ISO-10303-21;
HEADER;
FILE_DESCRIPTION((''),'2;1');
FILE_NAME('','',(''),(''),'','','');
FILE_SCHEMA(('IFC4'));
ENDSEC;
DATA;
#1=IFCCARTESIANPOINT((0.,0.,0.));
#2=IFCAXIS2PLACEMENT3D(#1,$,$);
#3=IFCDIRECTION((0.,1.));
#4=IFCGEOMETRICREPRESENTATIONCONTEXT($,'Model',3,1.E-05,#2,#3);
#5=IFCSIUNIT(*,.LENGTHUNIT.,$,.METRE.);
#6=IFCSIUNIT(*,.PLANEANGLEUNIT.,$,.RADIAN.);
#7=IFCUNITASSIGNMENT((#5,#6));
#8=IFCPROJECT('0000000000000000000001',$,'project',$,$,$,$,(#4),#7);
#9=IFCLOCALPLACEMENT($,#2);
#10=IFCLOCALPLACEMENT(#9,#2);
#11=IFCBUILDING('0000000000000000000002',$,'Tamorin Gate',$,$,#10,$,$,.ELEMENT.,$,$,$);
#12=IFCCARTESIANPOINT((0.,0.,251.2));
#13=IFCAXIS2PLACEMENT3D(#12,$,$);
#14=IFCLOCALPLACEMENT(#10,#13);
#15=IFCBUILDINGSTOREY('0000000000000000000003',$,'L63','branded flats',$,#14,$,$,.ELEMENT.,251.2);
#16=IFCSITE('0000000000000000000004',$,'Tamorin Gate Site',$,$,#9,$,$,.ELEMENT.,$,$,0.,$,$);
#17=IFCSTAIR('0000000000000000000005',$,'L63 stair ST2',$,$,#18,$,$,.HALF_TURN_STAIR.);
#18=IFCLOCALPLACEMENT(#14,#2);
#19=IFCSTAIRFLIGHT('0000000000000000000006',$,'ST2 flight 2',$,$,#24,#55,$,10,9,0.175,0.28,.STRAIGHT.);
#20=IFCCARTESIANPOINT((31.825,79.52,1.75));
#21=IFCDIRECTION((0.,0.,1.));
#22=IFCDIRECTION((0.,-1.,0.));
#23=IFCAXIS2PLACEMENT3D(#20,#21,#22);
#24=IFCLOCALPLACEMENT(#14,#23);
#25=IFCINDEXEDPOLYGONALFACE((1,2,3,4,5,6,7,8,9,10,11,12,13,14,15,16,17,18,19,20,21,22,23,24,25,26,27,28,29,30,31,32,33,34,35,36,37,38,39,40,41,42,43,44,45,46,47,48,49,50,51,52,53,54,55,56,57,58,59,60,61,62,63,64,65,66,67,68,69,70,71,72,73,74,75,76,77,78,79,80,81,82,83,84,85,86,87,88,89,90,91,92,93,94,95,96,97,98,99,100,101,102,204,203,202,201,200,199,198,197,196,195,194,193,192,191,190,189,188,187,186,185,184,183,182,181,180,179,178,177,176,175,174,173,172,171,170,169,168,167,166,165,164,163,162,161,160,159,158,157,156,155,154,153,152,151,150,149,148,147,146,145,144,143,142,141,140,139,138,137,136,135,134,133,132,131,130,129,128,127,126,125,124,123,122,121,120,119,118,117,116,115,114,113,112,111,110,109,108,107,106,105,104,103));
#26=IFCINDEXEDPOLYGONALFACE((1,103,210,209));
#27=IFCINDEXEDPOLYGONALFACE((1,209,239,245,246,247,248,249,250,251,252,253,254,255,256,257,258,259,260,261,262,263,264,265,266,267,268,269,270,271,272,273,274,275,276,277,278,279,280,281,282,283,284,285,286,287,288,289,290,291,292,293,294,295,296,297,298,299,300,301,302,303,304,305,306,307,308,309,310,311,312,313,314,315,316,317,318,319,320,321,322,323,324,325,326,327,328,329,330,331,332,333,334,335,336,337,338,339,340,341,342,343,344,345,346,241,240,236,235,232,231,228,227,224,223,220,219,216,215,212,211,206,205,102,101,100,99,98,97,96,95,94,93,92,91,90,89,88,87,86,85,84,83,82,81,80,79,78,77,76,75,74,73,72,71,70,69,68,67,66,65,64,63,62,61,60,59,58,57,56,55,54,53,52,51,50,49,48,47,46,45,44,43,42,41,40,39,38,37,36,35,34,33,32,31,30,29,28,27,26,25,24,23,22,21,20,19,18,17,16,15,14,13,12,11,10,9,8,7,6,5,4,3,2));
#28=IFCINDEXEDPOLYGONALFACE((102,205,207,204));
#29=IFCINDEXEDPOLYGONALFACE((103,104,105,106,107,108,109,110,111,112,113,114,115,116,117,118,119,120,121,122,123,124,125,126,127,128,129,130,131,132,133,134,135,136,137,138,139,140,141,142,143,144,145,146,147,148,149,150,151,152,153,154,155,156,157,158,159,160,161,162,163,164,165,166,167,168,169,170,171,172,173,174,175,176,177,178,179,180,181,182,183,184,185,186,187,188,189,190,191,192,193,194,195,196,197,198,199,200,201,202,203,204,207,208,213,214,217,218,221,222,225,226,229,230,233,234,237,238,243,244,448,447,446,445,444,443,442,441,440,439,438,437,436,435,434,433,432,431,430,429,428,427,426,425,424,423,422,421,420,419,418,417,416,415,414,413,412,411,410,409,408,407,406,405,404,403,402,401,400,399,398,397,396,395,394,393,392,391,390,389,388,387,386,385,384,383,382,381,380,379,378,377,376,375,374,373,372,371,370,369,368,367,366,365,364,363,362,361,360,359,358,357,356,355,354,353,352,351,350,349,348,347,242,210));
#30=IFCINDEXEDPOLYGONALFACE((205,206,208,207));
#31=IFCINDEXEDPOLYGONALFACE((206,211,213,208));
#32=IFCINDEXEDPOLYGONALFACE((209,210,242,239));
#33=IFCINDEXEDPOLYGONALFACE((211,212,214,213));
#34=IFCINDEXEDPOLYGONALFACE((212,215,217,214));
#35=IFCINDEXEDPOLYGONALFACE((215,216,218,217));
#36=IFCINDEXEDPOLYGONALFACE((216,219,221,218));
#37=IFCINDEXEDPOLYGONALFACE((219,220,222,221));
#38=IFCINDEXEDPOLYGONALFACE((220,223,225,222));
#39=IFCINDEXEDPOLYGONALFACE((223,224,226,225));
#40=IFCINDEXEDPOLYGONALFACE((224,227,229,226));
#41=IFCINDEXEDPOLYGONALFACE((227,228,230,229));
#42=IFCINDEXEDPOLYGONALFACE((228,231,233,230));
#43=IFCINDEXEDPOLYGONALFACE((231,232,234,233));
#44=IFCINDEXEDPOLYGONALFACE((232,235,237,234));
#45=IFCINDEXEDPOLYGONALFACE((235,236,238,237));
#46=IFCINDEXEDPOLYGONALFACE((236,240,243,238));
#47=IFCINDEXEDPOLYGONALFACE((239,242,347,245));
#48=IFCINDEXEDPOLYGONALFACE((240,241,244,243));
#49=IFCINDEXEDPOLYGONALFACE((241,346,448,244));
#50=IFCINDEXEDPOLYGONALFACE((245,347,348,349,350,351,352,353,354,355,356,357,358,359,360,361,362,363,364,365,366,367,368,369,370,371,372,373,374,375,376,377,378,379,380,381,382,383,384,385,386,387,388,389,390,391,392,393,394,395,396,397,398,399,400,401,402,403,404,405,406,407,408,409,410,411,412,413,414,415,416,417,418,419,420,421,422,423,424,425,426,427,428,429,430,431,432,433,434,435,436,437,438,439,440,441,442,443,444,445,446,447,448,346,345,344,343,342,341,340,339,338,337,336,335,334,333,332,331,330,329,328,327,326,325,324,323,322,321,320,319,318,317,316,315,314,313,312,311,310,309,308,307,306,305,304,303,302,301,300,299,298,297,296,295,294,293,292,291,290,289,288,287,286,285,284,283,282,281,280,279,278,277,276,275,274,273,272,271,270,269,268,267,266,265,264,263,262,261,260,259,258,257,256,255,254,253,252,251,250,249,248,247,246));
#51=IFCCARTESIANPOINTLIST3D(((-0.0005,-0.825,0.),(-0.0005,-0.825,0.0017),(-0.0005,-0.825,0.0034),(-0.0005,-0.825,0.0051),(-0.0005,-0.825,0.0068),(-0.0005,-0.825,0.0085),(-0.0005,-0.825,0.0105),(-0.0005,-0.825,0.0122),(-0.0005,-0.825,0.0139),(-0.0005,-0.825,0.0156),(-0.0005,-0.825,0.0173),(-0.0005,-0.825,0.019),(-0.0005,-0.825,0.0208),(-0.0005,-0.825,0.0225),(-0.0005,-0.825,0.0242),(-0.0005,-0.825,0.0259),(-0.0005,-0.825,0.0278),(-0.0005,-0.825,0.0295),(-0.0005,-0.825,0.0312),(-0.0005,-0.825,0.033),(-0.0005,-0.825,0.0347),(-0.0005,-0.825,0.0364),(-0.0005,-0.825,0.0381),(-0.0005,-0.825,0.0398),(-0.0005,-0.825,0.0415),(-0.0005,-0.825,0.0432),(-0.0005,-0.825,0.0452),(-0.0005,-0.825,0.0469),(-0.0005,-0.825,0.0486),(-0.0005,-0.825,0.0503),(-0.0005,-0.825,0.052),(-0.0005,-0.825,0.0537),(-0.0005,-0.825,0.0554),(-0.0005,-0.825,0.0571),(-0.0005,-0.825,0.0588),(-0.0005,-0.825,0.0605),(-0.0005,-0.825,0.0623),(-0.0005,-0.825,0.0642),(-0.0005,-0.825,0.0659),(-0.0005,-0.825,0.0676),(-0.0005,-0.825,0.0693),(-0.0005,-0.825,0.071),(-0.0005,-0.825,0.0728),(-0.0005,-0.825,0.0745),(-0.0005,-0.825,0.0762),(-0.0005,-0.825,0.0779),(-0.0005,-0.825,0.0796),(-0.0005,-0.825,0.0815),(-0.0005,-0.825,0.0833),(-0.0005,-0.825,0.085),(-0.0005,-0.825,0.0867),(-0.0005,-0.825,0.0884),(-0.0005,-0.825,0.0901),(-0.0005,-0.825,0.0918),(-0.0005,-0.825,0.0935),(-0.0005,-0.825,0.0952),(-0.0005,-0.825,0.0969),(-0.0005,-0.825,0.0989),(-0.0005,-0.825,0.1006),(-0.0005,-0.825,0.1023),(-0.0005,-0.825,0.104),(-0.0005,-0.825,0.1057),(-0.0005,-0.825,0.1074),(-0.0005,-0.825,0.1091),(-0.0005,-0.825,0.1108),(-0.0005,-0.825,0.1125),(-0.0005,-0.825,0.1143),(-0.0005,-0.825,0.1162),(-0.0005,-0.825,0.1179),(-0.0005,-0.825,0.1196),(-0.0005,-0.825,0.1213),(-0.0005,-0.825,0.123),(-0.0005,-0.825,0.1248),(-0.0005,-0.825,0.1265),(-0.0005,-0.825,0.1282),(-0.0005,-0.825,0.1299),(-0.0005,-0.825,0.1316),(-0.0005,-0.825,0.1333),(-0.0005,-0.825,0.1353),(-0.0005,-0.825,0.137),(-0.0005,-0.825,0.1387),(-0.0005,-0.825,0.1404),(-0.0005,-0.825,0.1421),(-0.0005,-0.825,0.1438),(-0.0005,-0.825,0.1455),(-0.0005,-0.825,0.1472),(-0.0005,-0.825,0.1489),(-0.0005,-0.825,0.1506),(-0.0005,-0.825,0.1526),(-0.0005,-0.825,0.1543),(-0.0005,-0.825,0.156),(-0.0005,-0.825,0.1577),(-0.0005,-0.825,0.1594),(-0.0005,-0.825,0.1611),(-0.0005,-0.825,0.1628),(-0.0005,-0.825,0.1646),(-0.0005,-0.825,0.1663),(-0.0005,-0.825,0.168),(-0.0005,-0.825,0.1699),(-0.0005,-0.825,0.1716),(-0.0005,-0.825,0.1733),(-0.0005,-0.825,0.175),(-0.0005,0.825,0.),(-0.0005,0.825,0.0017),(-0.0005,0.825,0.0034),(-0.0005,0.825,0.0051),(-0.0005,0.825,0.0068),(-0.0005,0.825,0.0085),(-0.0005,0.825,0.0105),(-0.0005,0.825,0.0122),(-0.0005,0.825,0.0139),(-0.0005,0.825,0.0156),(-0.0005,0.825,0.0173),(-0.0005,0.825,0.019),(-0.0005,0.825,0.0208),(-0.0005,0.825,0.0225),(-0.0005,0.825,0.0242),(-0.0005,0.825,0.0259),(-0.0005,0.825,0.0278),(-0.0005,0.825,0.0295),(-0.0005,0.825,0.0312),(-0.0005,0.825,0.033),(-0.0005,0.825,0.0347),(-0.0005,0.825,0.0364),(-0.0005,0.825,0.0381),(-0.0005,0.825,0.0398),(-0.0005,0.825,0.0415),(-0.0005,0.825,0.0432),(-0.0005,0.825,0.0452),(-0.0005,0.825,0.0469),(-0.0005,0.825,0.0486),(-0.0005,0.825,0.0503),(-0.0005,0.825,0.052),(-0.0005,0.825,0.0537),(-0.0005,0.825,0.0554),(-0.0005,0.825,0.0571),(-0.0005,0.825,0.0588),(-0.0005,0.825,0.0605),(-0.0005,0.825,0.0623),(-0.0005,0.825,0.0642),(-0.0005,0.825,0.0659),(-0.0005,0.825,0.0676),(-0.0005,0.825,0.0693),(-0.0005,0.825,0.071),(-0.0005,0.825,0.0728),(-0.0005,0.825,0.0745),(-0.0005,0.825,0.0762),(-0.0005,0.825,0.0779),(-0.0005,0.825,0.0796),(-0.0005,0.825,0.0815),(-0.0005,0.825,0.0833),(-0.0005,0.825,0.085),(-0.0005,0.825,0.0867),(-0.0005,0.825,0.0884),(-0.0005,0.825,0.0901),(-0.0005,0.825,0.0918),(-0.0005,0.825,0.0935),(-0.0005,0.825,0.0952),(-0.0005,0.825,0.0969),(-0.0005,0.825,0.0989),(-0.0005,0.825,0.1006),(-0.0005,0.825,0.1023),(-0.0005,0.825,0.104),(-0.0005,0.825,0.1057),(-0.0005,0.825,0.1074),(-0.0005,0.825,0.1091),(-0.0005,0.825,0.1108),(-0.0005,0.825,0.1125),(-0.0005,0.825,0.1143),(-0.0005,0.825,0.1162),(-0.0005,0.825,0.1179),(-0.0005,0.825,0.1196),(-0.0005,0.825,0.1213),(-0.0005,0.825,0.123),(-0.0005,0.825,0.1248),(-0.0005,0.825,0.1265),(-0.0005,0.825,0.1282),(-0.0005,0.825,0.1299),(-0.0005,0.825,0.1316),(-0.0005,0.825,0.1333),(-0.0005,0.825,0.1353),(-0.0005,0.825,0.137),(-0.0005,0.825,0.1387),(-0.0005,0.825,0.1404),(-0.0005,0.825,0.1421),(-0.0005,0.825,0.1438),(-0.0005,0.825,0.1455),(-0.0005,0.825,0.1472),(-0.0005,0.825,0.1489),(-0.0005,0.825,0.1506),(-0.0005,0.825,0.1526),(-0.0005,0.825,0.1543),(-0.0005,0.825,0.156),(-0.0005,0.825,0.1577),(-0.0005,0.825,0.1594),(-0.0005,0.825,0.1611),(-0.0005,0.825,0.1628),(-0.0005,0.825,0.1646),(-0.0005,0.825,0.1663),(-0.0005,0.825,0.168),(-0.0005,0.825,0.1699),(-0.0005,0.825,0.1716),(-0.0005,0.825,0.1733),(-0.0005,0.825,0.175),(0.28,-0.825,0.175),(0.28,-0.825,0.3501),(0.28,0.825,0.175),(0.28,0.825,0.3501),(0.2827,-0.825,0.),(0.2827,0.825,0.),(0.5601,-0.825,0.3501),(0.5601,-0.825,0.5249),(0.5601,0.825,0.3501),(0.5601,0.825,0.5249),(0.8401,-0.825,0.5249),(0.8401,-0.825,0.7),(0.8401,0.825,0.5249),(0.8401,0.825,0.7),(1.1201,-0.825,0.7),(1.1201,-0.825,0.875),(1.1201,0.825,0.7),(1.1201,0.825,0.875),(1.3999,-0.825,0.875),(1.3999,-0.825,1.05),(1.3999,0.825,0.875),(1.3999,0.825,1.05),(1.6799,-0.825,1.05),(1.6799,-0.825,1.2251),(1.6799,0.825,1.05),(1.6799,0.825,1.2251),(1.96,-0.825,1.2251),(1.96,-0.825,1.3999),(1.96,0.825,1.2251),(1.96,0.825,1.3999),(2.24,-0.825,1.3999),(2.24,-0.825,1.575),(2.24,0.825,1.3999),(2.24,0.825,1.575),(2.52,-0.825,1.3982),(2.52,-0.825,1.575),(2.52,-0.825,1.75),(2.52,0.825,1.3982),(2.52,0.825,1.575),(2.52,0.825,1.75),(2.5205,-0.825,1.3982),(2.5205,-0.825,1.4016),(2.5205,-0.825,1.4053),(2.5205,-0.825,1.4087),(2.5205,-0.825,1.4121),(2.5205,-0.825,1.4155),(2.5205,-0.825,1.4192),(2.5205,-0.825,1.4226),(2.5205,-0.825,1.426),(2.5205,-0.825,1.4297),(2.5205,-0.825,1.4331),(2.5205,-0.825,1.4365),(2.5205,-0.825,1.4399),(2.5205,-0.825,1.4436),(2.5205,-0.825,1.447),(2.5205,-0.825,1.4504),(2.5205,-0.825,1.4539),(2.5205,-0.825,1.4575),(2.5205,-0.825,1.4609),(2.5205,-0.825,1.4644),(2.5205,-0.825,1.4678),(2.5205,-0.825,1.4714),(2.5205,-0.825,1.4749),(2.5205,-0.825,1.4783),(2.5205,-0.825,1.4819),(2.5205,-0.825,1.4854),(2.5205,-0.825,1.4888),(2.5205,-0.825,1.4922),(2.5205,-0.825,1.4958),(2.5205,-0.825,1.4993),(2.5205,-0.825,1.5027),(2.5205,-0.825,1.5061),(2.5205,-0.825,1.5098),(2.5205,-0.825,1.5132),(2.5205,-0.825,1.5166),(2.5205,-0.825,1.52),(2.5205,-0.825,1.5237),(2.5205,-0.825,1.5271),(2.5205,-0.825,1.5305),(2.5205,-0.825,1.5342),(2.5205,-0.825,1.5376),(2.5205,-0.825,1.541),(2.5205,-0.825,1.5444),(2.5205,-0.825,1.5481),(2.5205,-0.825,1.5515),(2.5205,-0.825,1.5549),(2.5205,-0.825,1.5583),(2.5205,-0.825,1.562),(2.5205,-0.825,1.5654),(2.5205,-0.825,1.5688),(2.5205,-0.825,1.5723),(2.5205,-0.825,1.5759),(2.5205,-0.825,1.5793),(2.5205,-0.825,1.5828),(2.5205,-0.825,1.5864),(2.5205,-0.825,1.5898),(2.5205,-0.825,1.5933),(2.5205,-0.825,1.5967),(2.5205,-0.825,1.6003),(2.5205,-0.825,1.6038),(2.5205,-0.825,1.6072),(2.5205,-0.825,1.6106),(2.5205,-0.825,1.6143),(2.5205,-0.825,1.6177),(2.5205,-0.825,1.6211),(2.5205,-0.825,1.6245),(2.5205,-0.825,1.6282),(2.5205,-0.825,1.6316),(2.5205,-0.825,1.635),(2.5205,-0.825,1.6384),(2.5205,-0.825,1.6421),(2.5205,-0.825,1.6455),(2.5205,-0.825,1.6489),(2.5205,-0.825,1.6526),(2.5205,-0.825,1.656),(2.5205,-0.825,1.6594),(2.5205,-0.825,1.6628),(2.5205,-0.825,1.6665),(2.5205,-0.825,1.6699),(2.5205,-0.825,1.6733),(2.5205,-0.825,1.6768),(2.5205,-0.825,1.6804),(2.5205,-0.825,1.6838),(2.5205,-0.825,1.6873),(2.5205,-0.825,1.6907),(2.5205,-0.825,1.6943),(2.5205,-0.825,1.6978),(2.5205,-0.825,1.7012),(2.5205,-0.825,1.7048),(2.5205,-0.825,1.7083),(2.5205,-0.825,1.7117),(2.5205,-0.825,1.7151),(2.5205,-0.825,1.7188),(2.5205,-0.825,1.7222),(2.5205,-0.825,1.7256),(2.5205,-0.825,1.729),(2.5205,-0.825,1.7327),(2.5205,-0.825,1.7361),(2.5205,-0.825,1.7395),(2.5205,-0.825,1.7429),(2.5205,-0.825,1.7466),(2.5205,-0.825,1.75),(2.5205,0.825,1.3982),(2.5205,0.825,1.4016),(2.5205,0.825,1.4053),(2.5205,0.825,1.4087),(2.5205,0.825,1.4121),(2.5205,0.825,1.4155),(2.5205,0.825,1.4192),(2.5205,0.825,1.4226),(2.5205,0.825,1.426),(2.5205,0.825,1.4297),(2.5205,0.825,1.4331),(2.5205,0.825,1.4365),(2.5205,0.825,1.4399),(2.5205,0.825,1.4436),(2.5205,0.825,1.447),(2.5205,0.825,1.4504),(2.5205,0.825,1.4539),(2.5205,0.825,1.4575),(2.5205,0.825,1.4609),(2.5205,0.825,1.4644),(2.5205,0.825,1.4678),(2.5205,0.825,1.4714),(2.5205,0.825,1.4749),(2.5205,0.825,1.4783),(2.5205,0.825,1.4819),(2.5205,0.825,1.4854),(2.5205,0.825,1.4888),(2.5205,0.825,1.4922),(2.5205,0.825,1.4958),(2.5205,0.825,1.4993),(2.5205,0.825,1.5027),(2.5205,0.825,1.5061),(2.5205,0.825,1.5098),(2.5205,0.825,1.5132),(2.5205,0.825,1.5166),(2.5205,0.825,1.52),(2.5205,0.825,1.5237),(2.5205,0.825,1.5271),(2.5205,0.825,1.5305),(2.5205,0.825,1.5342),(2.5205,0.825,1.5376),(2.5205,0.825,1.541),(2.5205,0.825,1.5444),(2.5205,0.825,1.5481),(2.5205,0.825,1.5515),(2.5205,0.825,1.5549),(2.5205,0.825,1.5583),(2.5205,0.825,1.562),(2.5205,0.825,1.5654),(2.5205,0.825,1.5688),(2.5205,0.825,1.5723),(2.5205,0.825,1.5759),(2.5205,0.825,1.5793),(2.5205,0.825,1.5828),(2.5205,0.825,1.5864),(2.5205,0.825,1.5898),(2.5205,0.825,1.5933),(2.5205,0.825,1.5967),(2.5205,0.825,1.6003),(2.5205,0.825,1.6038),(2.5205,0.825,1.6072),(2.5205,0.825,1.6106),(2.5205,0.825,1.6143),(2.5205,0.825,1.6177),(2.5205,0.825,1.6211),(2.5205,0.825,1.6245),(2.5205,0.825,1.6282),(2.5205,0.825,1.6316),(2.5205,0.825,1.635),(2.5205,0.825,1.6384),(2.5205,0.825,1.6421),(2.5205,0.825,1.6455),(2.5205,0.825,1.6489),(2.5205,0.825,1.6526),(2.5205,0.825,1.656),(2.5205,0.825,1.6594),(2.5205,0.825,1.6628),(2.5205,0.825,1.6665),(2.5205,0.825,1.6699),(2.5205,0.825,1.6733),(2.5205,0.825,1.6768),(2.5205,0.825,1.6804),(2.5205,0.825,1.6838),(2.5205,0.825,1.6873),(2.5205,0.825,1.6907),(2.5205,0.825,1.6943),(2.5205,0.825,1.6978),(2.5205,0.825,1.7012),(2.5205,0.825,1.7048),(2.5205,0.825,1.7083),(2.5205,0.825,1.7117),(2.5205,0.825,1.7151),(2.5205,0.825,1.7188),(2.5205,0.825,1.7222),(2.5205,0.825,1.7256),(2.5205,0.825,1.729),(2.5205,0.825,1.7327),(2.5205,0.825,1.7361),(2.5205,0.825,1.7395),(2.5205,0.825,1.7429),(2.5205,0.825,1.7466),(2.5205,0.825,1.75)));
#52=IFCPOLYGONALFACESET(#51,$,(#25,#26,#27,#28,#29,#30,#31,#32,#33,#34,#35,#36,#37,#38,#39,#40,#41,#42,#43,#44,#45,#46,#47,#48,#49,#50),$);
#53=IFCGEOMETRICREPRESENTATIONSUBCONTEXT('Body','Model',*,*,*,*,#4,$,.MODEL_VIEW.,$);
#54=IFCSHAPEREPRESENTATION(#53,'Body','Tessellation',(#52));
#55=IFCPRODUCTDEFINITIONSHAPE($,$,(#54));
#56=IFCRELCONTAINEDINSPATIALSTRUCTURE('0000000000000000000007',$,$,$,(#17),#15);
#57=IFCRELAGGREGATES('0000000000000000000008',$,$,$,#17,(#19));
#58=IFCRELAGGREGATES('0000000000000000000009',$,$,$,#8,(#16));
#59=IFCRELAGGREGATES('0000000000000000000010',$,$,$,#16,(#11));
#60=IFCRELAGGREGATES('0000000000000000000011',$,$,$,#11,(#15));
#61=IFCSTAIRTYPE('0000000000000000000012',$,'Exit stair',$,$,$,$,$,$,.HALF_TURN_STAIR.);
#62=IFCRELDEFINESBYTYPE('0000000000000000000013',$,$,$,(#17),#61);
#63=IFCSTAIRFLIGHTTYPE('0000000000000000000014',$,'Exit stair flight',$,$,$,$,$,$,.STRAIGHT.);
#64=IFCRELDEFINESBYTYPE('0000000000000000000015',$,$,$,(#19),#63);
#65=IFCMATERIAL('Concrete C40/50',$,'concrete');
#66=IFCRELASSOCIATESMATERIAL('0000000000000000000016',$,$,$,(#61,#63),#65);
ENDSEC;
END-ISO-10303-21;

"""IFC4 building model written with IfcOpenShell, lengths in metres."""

from ifc_helpers import new_model, si_unit, direction, frame, origin, place, context, subcontext, project, spatial, polyline, outline, extrude, material, type_object, element, aggregate, save


model = new_model("IFC4")

# Units and contexts
model_context = context("Model", 3, precision=1e-05, world=origin(), true_north=direction((0.0, 1.0)))
body_context = subcontext(model_context, "Body", "Model", "MODEL_VIEW")
ifc_project = project(units=[si_unit("LENGTHUNIT", "METRE"), si_unit("PLANEANGLEUNIT", "RADIAN")], contexts=[model_context])

# Site, building, storey
site_placement = place(None, origin())
site = spatial("IfcSite", under=ifc_project, at=site_placement, Name="Tamorin Gate Site", CompositionType="ELEMENT", RefElevation=0.0)
building_placement = place(site_placement, origin())
building = spatial("IfcBuilding", under=site, at=building_placement, Name="Tamorin Gate", CompositionType="ELEMENT")
storey_placement = place(building_placement, frame((0.0, 0.0, 251.2)))
storey = spatial("IfcBuildingStorey", under=building, at=storey_placement, Name="L63", Description="branded flats", CompositionType="ELEMENT", Elevation=251.2)

# Stair, stair flight
ifc_material_1 = material(Name="Concrete C40/50", Category="concrete")
stair_type = type_object("IfcStairType", Name="Exit stair", PredefinedType="HALF_TURN_STAIR", material=ifc_material_1)
stair_placement = place(storey_placement, origin())
stair = element("IfcStair", 1, at=stair_placement, inside=storey, type_object=stair_type, Name="L63 stair ST2", PredefinedType="HALF_TURN_STAIR")
stair_flight_type = type_object("IfcStairFlightType", Name="Exit stair flight", PredefinedType="STRAIGHT", material=ifc_material_1)
stair_flight_placement = place(storey_placement, frame((31.825, 79.52, 1.75), z_axis=(0.0, 0.0, 1.0), x_axis=(0.0, -1.0, 0.0)))
stair_flight = element("IfcStairFlight", 2, at=stair_flight_placement, type_object=stair_flight_type, Name="ST2 flight 2", NumberOfRisers=10, NumberOfTreads=9, PredefinedType="STRAIGHT", RiserHeight=0.175, TreadLength=0.28, context=body_context, shape_type="SweptSolid", body=[
    extrude(outline(polyline([(-0.0005, 0.0), (-0.0005, 0.0017), (-0.0005, 0.0034), (-0.0005, 0.0051), (-0.0005, 0.0068), (-0.0005, 0.0085), (-0.0005, 0.0105), (-0.0005, 0.0122), (-0.0005, 0.0139), (-0.0005, 0.0156), (-0.0005, 0.0173), (-0.0005, 0.019), (-0.0005, 0.0208), (-0.0005, 0.0225), (-0.0005, 0.0242), (-0.0005, 0.0259), (-0.0005, 0.0278), (-0.0005, 0.0295), (-0.0005, 0.0312), (-0.0005, 0.033), (-0.0005, 0.0347), (-0.0005, 0.0364), (-0.0005, 0.0381), (-0.0005, 0.0398), (-0.0005, 0.0415), (-0.0005, 0.0432), (-0.0005, 0.0452), (-0.0005, 0.0469), (-0.0005, 0.0486), (-0.0005, 0.0503), (-0.0005, 0.052), (-0.0005, 0.0537), (-0.0005, 0.0554), (-0.0005, 0.0571), (-0.0005, 0.0588), (-0.0005, 0.0605), (-0.0005, 0.0623), (-0.0005, 0.0642), (-0.0005, 0.0659), (-0.0005, 0.0676), (-0.0005, 0.0693), (-0.0005, 0.071), (-0.0005, 0.0728), (-0.0005, 0.0745), (-0.0005, 0.0762), (-0.0005, 0.0779), (-0.0005, 0.0796), (-0.0005, 0.0815), (-0.0005, 0.0833), (-0.0005, 0.085), (-0.0005, 0.0867), (-0.0005, 0.0884), (-0.0005, 0.0901), (-0.0005, 0.0918), (-0.0005, 0.0935), (-0.0005, 0.0952), (-0.0005, 0.0969), (-0.0005, 0.0989), (-0.0005, 0.1006), (-0.0005, 0.1023), (-0.0005, 0.104), (-0.0005, 0.1057), (-0.0005, 0.1074), (-0.0005, 0.1091), (-0.0005, 0.1108), (-0.0005, 0.1125), (-0.0005, 0.1143), (-0.0005, 0.1162), (-0.0005, 0.1179), (-0.0005, 0.1196), (-0.0005, 0.1213), (-0.0005, 0.123), (-0.0005, 0.1248), (-0.0005, 0.1265), (-0.0005, 0.1282), (-0.0005, 0.1299), (-0.0005, 0.1316), (-0.0005, 0.1333), (-0.0005, 0.1353), (-0.0005, 0.137), (-0.0005, 0.1387), (-0.0005, 0.1404), (-0.0005, 0.1421), (-0.0005, 0.1438), (-0.0005, 0.1455), (-0.0005, 0.1472), (-0.0005, 0.1489), (-0.0005, 0.1506), (-0.0005, 0.1526), (-0.0005, 0.1543), (-0.0005, 0.156), (-0.0005, 0.1577), (-0.0005, 0.1594), (-0.0005, 0.1611), (-0.0005, 0.1628), (-0.0005, 0.1646), (-0.0005, 0.1663), (-0.0005, 0.168), (-0.0005, 0.1699), (-0.0005, 0.1716), (-0.0005, 0.1733), (-0.0005, 0.175), (0.28, 0.175), (0.28, 0.3501), (0.5601, 0.3501), (0.5601, 0.5249), (0.8401, 0.5249), (0.8401, 0.7), (1.1201, 0.7), (1.1201, 0.875), (1.3999, 0.875), (1.3999, 1.05), (1.6799, 1.05), (1.6799, 1.2251), (1.96, 1.2251), (1.96, 1.3999), (2.24, 1.3999), (2.24, 1.575), (2.52, 1.575), (2.52, 1.75), (2.5205, 1.75), (2.5205, 1.7466), (2.5205, 1.7429), (2.5205, 1.7395), (2.5205, 1.7361), (2.5205, 1.7327), (2.5205, 1.729), (2.5205, 1.7256), (2.5205, 1.7222), (2.5205, 1.7188), (2.5205, 1.7151), (2.5205, 1.7117), (2.5205, 1.7083), (2.5205, 1.7048), (2.5205, 1.7012), (2.5205, 1.6978), (2.5205, 1.6943), (2.5205, 1.6907), (2.5205, 1.6873), (2.5205, 1.6838), (2.5205, 1.6804), (2.5205, 1.6768), (2.5205, 1.6733), (2.5205, 1.6699), (2.5205, 1.6665), (2.5205, 1.6628), (2.5205, 1.6594), (2.5205, 1.656), (2.5205, 1.6526), (2.5205, 1.6489), (2.5205, 1.6455), (2.5205, 1.6421), (2.5205, 1.6384), (2.5205, 1.635), (2.5205, 1.6316), (2.5205, 1.6282), (2.5205, 1.6245), (2.5205, 1.6211), (2.5205, 1.6177), (2.5205, 1.6143), (2.5205, 1.6106), (2.5205, 1.6072), (2.5205, 1.6038), (2.5205, 1.6003), (2.5205, 1.5967), (2.5205, 1.5933), (2.5205, 1.5898), (2.5205, 1.5864), (2.5205, 1.5828), (2.5205, 1.5793), (2.5205, 1.5759), (2.5205, 1.5723), (2.5205, 1.5688), (2.5205, 1.5654), (2.5205, 1.562), (2.5205, 1.5583), (2.5205, 1.5549), (2.5205, 1.5515), (2.5205, 1.5481), (2.5205, 1.5444), (2.5205, 1.541), (2.5205, 1.5376), (2.5205, 1.5342), (2.5205, 1.5305), (2.5205, 1.5271), (2.5205, 1.5237), (2.5205, 1.52), (2.5205, 1.5166), (2.5205, 1.5132), (2.5205, 1.5098), (2.5205, 1.5061), (2.5205, 1.5027), (2.5205, 1.4993), (2.5205, 1.4958), (2.5205, 1.4922), (2.5205, 1.4888), (2.5205, 1.4854), (2.5205, 1.4819), (2.5205, 1.4783), (2.5205, 1.4749), (2.5205, 1.4714), (2.5205, 1.4678), (2.5205, 1.4644), (2.5205, 1.4609), (2.5205, 1.4575), (2.5205, 1.4539), (2.5205, 1.4504), (2.5205, 1.447), (2.5205, 1.4436), (2.5205, 1.4399), (2.5205, 1.4365), (2.5205, 1.4331), (2.5205, 1.4297), (2.5205, 1.426), (2.5205, 1.4226), (2.5205, 1.4192), (2.5205, 1.4155), (2.5205, 1.4121), (2.5205, 1.4087), (2.5205, 1.4053), (2.5205, 1.4016), (2.5205, 1.3982), (2.52, 1.3982), (0.2827, 0.0), (-0.0005, 0.0)])), frame((0.0, 0.825, 0.0), z_axis=(0.0, -1.0, 0.0), x_axis=(1.0, 0.0, 0.0)), (0.0, 0.0, 1.0), 1.6499),
])
aggregate(stair, [stair_flight])

save(model, "model.ifc")
